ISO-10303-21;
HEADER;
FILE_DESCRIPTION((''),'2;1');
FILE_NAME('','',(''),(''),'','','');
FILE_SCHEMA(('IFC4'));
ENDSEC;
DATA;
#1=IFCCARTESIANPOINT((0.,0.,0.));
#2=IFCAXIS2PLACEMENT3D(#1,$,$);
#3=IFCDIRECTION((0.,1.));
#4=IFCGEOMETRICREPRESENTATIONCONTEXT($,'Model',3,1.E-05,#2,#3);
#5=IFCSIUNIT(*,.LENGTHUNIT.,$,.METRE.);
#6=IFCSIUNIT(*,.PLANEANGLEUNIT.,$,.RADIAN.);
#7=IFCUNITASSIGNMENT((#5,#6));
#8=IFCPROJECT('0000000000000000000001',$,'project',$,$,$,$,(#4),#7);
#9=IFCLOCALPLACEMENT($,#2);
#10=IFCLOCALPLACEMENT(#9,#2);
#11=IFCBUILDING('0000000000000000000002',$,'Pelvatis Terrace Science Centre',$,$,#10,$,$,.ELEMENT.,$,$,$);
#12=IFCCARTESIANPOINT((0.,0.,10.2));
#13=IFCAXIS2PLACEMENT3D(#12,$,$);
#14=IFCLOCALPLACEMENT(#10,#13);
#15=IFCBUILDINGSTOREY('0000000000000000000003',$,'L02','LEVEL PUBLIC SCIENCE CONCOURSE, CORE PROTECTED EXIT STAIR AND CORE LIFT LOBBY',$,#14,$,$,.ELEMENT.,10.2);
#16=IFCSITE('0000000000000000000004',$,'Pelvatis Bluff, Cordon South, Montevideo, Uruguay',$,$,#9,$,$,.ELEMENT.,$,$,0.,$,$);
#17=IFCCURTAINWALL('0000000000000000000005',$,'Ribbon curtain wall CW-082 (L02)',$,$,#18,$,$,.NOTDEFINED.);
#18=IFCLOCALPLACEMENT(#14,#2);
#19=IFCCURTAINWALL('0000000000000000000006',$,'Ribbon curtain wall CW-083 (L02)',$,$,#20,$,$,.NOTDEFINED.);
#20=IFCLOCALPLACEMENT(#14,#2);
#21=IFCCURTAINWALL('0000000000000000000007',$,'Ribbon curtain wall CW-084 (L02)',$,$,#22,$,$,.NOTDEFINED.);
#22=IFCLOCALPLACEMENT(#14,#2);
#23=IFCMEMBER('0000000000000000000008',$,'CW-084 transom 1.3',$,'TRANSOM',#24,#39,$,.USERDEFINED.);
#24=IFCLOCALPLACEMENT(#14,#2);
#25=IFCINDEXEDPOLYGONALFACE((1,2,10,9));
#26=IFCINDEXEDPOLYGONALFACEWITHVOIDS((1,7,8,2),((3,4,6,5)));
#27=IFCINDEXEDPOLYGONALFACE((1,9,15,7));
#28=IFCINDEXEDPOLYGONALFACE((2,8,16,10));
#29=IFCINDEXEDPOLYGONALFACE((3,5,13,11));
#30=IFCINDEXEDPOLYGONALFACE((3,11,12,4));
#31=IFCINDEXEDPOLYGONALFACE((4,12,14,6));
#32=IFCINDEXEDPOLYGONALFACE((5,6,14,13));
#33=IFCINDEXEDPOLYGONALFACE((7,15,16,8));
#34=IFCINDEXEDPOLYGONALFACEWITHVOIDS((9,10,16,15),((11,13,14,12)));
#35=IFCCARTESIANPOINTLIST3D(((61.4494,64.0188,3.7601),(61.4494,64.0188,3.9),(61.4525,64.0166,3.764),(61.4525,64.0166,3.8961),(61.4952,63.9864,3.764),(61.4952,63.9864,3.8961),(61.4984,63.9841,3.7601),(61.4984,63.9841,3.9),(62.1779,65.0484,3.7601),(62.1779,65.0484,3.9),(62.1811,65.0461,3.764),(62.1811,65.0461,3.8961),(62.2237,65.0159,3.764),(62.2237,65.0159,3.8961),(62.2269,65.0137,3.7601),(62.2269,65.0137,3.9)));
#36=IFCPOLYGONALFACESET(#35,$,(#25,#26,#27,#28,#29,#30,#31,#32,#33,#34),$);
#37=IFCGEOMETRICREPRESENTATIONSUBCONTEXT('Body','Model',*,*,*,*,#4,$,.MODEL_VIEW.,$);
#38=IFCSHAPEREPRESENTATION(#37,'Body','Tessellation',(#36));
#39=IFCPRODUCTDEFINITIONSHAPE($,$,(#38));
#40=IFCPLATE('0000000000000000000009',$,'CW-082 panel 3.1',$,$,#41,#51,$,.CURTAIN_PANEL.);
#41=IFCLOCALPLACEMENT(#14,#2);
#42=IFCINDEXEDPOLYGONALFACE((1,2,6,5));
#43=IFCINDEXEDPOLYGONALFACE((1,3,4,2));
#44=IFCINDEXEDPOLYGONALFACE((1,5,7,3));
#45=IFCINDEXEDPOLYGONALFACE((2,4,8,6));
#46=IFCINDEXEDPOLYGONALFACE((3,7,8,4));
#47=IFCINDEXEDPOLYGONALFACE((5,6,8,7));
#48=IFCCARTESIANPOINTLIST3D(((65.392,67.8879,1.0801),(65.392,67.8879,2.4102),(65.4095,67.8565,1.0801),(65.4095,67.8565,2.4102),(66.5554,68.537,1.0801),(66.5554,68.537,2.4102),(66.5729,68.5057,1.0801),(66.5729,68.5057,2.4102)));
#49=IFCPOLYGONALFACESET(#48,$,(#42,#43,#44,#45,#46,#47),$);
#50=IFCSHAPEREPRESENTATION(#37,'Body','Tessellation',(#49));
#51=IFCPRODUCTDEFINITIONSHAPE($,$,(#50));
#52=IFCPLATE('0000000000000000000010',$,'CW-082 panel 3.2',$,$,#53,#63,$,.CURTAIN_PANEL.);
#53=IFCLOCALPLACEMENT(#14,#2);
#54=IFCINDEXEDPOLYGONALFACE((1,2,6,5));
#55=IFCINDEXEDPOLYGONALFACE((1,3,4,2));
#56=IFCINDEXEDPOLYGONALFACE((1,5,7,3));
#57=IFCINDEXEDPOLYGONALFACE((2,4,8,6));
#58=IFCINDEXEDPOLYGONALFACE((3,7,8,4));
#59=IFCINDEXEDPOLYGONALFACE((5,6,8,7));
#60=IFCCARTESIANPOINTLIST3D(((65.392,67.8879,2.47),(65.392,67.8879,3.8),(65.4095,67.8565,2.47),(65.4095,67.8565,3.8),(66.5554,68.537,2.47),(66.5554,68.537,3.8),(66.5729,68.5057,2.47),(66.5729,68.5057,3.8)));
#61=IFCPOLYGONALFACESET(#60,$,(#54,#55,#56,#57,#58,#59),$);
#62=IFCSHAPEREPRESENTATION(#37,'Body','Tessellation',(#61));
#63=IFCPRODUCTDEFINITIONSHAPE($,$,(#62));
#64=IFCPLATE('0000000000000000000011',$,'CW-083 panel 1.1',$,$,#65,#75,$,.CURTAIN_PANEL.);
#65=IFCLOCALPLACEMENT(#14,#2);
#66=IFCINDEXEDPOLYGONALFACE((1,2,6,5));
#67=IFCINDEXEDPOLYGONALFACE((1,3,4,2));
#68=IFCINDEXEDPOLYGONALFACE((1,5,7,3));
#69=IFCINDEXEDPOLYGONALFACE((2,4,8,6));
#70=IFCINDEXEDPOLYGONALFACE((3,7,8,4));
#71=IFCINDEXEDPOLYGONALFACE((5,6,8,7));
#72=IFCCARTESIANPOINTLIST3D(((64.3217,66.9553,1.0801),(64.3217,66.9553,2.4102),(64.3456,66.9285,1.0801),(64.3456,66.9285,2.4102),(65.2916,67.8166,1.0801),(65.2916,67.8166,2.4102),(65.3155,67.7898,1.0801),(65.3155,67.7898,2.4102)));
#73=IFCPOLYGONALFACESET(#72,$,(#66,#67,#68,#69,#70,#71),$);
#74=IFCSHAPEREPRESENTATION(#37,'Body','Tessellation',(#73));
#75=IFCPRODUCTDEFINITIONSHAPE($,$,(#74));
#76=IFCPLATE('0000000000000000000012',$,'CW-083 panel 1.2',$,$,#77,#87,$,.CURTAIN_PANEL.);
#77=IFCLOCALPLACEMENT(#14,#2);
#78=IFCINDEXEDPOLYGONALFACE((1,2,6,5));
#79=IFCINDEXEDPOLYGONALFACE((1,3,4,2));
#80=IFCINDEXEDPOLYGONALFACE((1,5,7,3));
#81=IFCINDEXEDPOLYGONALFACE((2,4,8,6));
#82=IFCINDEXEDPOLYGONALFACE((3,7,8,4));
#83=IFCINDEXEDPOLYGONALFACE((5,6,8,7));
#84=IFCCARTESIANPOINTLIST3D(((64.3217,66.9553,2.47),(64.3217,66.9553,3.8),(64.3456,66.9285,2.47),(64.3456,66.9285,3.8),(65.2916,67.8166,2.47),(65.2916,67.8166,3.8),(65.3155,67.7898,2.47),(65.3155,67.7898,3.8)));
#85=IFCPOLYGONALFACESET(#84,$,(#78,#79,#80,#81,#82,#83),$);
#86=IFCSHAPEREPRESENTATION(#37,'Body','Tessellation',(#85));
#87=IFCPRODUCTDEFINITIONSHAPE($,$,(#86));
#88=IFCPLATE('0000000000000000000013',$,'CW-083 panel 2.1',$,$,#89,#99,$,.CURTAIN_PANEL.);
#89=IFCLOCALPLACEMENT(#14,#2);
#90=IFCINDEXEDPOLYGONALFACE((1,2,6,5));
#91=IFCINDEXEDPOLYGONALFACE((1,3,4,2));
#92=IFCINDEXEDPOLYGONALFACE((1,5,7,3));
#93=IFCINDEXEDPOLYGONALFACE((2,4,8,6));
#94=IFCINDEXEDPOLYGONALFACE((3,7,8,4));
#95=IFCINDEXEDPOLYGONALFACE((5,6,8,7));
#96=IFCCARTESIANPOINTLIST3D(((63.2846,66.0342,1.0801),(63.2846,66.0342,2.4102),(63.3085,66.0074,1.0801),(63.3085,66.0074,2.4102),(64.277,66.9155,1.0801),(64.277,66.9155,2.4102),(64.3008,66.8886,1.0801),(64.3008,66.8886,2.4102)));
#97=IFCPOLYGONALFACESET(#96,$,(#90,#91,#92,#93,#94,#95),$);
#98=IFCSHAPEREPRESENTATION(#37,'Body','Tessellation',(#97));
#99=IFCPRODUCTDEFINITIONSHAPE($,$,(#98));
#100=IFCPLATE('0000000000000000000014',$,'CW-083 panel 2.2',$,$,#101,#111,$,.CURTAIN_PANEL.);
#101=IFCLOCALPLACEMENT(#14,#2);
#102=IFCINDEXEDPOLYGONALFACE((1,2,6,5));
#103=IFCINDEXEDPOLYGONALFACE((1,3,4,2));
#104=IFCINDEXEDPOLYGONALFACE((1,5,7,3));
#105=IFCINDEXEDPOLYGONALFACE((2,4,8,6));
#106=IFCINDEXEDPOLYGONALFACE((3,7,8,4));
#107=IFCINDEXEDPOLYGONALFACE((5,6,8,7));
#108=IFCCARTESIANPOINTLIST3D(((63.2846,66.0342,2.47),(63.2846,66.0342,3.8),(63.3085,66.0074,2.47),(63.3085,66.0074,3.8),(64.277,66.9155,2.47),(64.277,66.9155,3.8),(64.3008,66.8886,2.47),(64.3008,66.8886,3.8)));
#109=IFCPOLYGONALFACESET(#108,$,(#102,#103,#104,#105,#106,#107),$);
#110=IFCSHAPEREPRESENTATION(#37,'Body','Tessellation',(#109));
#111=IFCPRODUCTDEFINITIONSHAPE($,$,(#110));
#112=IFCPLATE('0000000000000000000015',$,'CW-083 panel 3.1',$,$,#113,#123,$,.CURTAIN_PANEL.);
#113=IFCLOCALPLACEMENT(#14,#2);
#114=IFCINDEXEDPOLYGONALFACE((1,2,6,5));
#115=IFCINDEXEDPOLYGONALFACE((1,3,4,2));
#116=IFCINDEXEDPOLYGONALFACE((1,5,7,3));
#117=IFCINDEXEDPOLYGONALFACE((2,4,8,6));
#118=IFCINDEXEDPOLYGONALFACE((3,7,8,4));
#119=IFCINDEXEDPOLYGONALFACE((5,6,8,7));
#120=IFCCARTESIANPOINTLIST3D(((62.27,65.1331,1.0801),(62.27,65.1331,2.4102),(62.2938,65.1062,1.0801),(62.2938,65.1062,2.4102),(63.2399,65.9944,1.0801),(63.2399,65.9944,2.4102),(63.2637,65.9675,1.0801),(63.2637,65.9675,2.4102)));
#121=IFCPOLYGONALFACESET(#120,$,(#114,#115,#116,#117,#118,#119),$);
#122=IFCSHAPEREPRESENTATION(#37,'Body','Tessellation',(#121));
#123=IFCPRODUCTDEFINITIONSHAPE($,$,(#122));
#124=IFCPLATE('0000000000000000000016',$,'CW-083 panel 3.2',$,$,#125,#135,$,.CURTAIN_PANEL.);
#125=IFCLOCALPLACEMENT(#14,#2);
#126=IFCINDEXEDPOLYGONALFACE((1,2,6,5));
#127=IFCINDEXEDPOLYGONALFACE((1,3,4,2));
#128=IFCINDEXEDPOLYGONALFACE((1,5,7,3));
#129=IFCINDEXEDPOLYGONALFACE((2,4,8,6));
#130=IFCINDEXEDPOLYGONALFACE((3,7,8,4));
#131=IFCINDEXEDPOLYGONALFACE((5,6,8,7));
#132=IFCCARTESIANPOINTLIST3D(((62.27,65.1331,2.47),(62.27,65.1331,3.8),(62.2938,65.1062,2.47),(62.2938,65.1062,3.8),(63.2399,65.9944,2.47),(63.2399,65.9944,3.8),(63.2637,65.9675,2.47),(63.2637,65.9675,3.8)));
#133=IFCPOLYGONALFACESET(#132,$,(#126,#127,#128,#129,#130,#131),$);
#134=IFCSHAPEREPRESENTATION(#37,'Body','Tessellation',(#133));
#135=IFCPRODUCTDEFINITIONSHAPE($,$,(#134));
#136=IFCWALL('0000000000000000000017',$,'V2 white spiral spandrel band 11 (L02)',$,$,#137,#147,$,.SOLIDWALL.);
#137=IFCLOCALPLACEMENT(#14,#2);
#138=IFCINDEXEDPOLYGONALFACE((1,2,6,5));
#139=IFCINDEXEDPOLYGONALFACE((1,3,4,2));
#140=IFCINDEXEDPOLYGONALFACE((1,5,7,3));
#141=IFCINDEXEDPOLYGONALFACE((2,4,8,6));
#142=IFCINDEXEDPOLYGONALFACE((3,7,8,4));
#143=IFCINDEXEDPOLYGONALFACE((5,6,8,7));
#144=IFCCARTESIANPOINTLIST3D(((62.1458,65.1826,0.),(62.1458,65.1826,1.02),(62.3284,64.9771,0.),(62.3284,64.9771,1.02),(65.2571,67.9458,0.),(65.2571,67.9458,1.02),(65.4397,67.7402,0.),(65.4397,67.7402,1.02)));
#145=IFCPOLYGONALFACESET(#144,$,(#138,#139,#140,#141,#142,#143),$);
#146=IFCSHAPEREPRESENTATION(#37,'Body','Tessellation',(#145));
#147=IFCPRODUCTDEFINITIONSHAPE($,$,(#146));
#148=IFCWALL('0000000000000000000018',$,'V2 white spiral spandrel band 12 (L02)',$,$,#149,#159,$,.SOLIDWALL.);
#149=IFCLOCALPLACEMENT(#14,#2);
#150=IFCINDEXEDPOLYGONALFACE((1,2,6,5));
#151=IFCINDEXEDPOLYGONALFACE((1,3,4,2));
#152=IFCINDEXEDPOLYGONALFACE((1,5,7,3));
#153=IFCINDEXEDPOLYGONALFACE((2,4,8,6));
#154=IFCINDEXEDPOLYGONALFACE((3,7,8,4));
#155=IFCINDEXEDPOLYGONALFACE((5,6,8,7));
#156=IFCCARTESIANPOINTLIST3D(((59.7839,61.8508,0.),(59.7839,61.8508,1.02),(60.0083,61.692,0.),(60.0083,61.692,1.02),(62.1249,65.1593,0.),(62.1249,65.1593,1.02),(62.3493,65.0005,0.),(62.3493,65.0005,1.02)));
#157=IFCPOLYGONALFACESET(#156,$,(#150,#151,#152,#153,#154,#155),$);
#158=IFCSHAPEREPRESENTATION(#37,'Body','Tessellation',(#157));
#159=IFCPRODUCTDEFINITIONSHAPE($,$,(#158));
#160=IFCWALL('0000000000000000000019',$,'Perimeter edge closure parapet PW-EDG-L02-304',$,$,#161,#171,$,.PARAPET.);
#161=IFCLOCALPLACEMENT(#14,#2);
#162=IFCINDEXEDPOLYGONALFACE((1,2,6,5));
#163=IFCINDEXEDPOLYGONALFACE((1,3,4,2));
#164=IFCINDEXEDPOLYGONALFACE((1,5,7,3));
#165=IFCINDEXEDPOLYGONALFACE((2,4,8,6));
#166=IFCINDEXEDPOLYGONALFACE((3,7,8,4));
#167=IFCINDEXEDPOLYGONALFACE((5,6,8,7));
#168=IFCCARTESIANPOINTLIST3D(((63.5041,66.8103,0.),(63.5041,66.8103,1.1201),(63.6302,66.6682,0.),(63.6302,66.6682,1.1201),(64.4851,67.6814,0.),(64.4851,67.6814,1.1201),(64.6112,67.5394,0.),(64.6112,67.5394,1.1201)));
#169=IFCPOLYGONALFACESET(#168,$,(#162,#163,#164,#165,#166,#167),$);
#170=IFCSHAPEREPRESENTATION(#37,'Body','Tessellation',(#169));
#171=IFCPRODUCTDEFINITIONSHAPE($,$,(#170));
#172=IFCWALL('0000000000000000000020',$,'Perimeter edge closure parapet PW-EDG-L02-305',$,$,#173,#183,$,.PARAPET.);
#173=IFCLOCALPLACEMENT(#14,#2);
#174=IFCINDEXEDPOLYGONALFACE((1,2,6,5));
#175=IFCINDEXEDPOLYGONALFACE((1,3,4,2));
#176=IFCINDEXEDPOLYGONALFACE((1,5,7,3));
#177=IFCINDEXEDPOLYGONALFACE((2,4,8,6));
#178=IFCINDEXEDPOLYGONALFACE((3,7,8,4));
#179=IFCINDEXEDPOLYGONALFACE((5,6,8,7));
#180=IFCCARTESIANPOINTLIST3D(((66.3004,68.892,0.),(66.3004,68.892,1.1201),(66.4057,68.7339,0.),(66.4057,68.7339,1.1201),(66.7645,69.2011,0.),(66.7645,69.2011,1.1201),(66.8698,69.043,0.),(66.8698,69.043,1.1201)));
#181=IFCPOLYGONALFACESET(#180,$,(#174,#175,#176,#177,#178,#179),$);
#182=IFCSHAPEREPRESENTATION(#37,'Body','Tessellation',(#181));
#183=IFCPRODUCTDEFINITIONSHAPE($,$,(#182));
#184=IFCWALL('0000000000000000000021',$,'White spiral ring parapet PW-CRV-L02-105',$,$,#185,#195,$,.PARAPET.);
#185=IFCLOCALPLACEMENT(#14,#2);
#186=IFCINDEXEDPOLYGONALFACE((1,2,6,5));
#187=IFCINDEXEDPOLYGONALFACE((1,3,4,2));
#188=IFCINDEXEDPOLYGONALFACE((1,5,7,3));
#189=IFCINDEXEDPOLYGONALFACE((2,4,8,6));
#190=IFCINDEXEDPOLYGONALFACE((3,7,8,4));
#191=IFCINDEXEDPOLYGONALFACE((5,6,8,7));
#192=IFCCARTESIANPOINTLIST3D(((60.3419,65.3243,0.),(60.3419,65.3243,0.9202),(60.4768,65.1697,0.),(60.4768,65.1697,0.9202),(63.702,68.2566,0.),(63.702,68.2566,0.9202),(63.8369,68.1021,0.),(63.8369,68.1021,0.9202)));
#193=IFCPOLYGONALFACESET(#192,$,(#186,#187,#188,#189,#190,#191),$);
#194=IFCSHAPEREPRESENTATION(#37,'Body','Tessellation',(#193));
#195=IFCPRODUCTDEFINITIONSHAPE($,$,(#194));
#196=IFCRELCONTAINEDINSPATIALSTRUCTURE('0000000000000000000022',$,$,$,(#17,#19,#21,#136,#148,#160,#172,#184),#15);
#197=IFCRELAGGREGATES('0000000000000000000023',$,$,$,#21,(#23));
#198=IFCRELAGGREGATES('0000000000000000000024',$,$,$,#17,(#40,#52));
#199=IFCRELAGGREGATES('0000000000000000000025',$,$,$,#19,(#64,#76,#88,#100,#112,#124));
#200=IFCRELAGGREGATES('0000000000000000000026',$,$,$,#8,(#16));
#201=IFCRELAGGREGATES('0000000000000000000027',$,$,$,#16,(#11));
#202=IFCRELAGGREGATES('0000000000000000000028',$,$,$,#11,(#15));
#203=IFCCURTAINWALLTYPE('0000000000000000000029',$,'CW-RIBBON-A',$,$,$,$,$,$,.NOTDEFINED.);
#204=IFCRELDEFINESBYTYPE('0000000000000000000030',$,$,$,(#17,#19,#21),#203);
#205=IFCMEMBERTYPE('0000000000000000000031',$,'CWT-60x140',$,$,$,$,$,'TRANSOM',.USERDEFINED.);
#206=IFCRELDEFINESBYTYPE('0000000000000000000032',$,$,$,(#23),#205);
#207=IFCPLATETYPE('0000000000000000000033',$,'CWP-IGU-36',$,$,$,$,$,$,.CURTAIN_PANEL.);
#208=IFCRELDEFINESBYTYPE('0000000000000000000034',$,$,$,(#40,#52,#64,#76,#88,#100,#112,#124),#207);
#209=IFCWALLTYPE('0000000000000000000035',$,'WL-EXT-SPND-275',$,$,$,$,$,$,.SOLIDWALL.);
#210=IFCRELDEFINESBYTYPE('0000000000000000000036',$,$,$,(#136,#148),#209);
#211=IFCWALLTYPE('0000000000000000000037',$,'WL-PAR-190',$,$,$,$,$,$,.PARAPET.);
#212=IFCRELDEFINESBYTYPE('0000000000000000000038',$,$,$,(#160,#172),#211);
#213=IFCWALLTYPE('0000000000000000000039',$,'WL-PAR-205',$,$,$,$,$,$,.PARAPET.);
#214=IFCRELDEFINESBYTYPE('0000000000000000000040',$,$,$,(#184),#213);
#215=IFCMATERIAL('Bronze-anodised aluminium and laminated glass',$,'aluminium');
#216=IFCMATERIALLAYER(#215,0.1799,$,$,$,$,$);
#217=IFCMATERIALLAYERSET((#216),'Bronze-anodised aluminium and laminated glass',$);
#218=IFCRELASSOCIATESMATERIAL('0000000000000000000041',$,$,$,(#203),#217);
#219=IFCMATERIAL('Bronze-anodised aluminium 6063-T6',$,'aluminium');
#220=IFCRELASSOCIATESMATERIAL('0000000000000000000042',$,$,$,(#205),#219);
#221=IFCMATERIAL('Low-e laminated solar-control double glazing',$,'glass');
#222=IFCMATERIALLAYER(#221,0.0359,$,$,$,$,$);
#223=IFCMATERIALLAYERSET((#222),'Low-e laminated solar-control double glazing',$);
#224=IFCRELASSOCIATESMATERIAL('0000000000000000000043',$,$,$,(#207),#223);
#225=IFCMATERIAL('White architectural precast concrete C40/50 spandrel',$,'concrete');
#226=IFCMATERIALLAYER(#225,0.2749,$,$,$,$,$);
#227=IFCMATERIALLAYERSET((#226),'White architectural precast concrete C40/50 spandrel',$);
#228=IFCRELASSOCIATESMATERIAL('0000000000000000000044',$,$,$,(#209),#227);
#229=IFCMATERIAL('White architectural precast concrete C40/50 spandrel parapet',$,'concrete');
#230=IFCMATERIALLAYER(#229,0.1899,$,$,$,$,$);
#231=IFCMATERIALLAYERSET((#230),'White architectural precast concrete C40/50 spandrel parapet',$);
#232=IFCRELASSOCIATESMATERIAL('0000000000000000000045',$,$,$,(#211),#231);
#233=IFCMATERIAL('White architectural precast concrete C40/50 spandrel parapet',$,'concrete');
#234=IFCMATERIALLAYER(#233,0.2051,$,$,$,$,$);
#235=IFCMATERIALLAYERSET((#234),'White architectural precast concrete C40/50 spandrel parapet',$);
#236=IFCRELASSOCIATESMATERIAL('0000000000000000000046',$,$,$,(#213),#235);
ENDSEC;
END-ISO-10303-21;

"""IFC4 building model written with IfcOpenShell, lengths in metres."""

from ifc_helpers import new_model, si_unit, direction, frame, frame_2d, origin, origin_2d, place, context, subcontext, project, spatial, rectangle, hollow_rectangle, extrude, material, layer, layer_set, material_profile, profile_set, type_object, element, aggregate, save


model = new_model("IFC4")

# Units and contexts
model_context = context("Model", 3, precision=1e-05, world=origin(), true_north=direction((0.0, 1.0)))
body_context = subcontext(model_context, "Body", "Model", "MODEL_VIEW")
ifc_project = project(units=[si_unit("LENGTHUNIT", "METRE"), si_unit("PLANEANGLEUNIT", "RADIAN")], contexts=[model_context])

# Site, building, storey
site_placement = place(None, origin())
site = spatial("IfcSite", under=ifc_project, at=site_placement, Name="Pelvatis Bluff, Cordon South, Montevideo, Uruguay", CompositionType="ELEMENT", RefElevation=0.0)
building_placement = place(site_placement, origin())
building = spatial("IfcBuilding", under=site, at=building_placement, Name="Pelvatis Terrace Science Centre", CompositionType="ELEMENT")
storey_placement = place(building_placement, frame((0.0, 0.0, 10.2)))
storey = spatial("IfcBuildingStorey", under=building, at=storey_placement, Name="L02", Description="LEVEL PUBLIC SCIENCE CONCOURSE, CORE PROTECTED EXIT STAIR AND CORE LIFT LOBBY", CompositionType="ELEMENT", Elevation=10.2)

# Curtain wall
ifc_material_1 = material(Name="Bronze-anodised aluminium and laminated glass", Category="aluminium")
ifc_layer_1 = layer(ifc_material_1, 0.1799)
ifc_layer_set_1 = layer_set([ifc_layer_1], Name="Bronze-anodised aluminium and laminated glass")
curtain_wall_type = type_object("IfcCurtainWallType", Name="CW-RIBBON-A", PredefinedType="NOTDEFINED", material=ifc_layer_set_1)
curtain_wall_1_placement = place(storey_placement, origin())
curtain_wall_1 = element("IfcCurtainWall", 1, at=curtain_wall_1_placement, inside=storey, type_object=curtain_wall_type, Name="Ribbon curtain wall CW-082 (L02)", PredefinedType="NOTDEFINED")

# Curtain wall
curtain_wall_2_placement = place(storey_placement, origin())
curtain_wall_2 = element("IfcCurtainWall", 2, at=curtain_wall_2_placement, inside=storey, type_object=curtain_wall_type, Name="Ribbon curtain wall CW-083 (L02)", PredefinedType="NOTDEFINED")

# Curtain wall
curtain_wall_3_placement = place(storey_placement, origin())
curtain_wall_3 = element("IfcCurtainWall", 3, at=curtain_wall_3_placement, inside=storey, type_object=curtain_wall_type, Name="Ribbon curtain wall CW-084 (L02)", PredefinedType="NOTDEFINED")

# Member
ifc_material_2 = material(Name="Bronze-anodised aluminium 6063-T6", Category="aluminium")
ifc_material_profile_1 = material_profile(ifc_material_2, hollow_rectangle(XDim=0.0601, YDim=0.1399, WallThickness=0.0039, at=origin_2d()), Name="ALU-TRN 60x140")
ifc_profile_set_1 = profile_set([ifc_material_profile_1], Name="Bronze-anodised aluminium 6063-T6")
member_type_1 = type_object("IfcMemberType", Name="CWT-60x140", ElementType="TRANSOM", PredefinedType="USERDEFINED", material=ifc_profile_set_1)
member_1_placement = place(storey_placement, frame((62.2024, 65.031, 3.8301), z_axis=(-0.577625, -0.816302, 0.0), x_axis=(0.816302, -0.577625, 0.0)))
member_1 = element("IfcMember", 4, at=member_1_placement, type_object=member_type_1, Name="CW-084 transom 1.3", ObjectType="TRANSOM", PredefinedType="USERDEFINED", context=body_context, shape_type="SweptSolid", body=[
    extrude(hollow_rectangle(XDim=0.0601, YDim=0.1399, WallThickness=0.0039, at=origin_2d()), origin(), (0.0, 0.0, 1.0), 1.2612),
])
aggregate(curtain_wall_3, [member_1])

# Plates
ifc_material_3 = material(Name="Low-e laminated solar-control double glazing", Category="glass")
ifc_layer_2 = layer(ifc_material_3, 0.0359)
ifc_layer_set_2 = layer_set([ifc_layer_2], Name="Low-e laminated solar-control double glazing")
plate_type = type_object("IfcPlateType", Name="CWP-IGU-36", PredefinedType="CURTAIN_PANEL", material=ifc_layer_set_2)
plate_1_placement = place(storey_placement, frame((65.9824, 68.1968, 1.0801), z_axis=(0.0, 0.0, 1.0), x_axis=(-0.873259, -0.487256, 0.0)))
plate_1 = element("IfcPlate", 5, at=plate_1_placement, type_object=plate_type, Name="CW-082 panel 3.1", PredefinedType="CURTAIN_PANEL", context=body_context, shape_type="SweptSolid", body=[
    extrude(rectangle(XDim=1.3323, YDim=0.0359, at=origin_2d()), origin(), (0.0, 0.0, 1.0), 1.3301),
])
plate_2_placement = place(storey_placement, frame((65.9824, 68.1968, 2.47), z_axis=(0.0, 0.0, 1.0), x_axis=(-0.873259, -0.487256, 0.0)))
plate_2 = element("IfcPlate", 6, at=plate_2_placement, type_object=plate_type, Name="CW-082 panel 3.2", PredefinedType="CURTAIN_PANEL", context=body_context, shape_type="SweptSolid", body=[
    extrude(rectangle(XDim=1.3323, YDim=0.0359, at=origin_2d()), origin(), (0.0, 0.0, 1.0), 1.3301),
])
aggregate(curtain_wall_1, [plate_1, plate_2])
plate_3_placement = place(storey_placement, frame((64.8186, 67.3726, 1.0801), z_axis=(0.0, 0.0, 1.0), x_axis=(-0.747718, -0.664016, 0.0)))
plate_3 = element("IfcPlate", 7, at=plate_3_placement, type_object=plate_type, Name="CW-083 panel 1.1", PredefinedType="CURTAIN_PANEL", context=body_context, shape_type="SweptSolid", body=[
    extrude(rectangle(XDim=1.2971, YDim=0.0359, at=origin_2d()), origin(), (0.0, 0.0, 1.0), 1.3301),
])
plate_4_placement = place(storey_placement, frame((64.8186, 67.3726, 2.47), z_axis=(0.0, 0.0, 1.0), x_axis=(-0.747718, -0.664016, 0.0)))
plate_4 = element("IfcPlate", 8, at=plate_4_placement, type_object=plate_type, Name="CW-083 panel 1.2", PredefinedType="CURTAIN_PANEL", context=body_context, shape_type="SweptSolid", body=[
    extrude(rectangle(XDim=1.2971, YDim=0.0359, at=origin_2d()), origin(), (0.0, 0.0, 1.0), 1.3301),
])
plate_5_placement = place(storey_placement, frame((63.7927, 66.4614, 1.0801), z_axis=(0.0, 0.0, 1.0), x_axis=(-0.747718, -0.664016, 0.0)))
plate_5 = element("IfcPlate", 9, at=plate_5_placement, type_object=plate_type, Name="CW-083 panel 2.1", PredefinedType="CURTAIN_PANEL", context=body_context, shape_type="SweptSolid", body=[
    extrude(rectangle(XDim=1.3271, YDim=0.0359, at=origin_2d()), origin(), (0.0, 0.0, 1.0), 1.3301),
])
plate_6_placement = place(storey_placement, frame((63.7927, 66.4614, 2.47), z_axis=(0.0, 0.0, 1.0), x_axis=(-0.747718, -0.664016, 0.0)))
plate_6 = element("IfcPlate", 10, at=plate_6_placement, type_object=plate_type, Name="CW-083 panel 2.2", PredefinedType="CURTAIN_PANEL", context=body_context, shape_type="SweptSolid", body=[
    extrude(rectangle(XDim=1.3271, YDim=0.0359, at=origin_2d()), origin(), (0.0, 0.0, 1.0), 1.3301),
])
plate_7_placement = place(storey_placement, frame((62.7668, 65.5503, 1.0801), z_axis=(0.0, 0.0, 1.0), x_axis=(-0.747718, -0.664016, 0.0)))
plate_7 = element("IfcPlate", 11, at=plate_7_placement, type_object=plate_type, Name="CW-083 panel 3.1", PredefinedType="CURTAIN_PANEL", context=body_context, shape_type="SweptSolid", body=[
    extrude(rectangle(XDim=1.2971, YDim=0.0359, at=origin_2d()), origin(), (0.0, 0.0, 1.0), 1.3301),
])
plate_8_placement = place(storey_placement, frame((62.7668, 65.5503, 2.47), z_axis=(0.0, 0.0, 1.0), x_axis=(-0.747718, -0.664016, 0.0)))
plate_8 = element("IfcPlate", 12, at=plate_8_placement, type_object=plate_type, Name="CW-083 panel 3.2", PredefinedType="CURTAIN_PANEL", context=body_context, shape_type="SweptSolid", body=[
    extrude(rectangle(XDim=1.2971, YDim=0.0359, at=origin_2d()), origin(), (0.0, 0.0, 1.0), 1.3301),
])
aggregate(curtain_wall_2, [plate_3, plate_4, plate_5, plate_6, plate_7, plate_8])

# Walls
ifc_material_4 = material(Name="White architectural precast concrete C40/50 spandrel", Category="concrete")
ifc_layer_3 = layer(ifc_material_4, 0.2749)
ifc_layer_set_3 = layer_set([ifc_layer_3], Name="White architectural precast concrete C40/50 spandrel")
wall_type_1 = type_object("IfcWallType", Name="WL-EXT-SPND-275", PredefinedType="SOLIDWALL", material=ifc_layer_set_3)
wall_1_placement = place(storey_placement, frame((65.3484, 67.843, 0.0), z_axis=(0.0, 0.0, 1.0), x_axis=(-0.747701, -0.664036, 0.0)))
element("IfcWall", 13, at=wall_1_placement, inside=storey, type_object=wall_type_1, Name="V2 white spiral spandrel band 11 (L02)", PredefinedType="SOLIDWALL", context=body_context, shape_type="SweptSolid", body=[
    extrude(rectangle(XDim=4.1611, YDim=0.2749, at=frame_2d((2.0806, 0.0))), origin(), (0.0, 0.0, 1.0), 1.02),
])
wall_2_placement = place(storey_placement, frame((62.2371, 65.0798, 0.0), z_axis=(0.0, 0.0, 1.0), x_axis=(-0.577603, -0.816318, 0.0)))
element("IfcWall", 14, at=wall_2_placement, inside=storey, type_object=wall_type_1, Name="V2 white spiral spandrel band 12 (L02)", PredefinedType="SOLIDWALL", context=body_context, shape_type="SweptSolid", body=[
    extrude(rectangle(XDim=4.053, YDim=0.2749, at=frame_2d((2.0264, 0.0))), origin(), (0.0, 0.0, 1.0), 1.02),
])
ifc_material_5 = material(Name="White architectural precast concrete C40/50 spandrel parapet", Category="concrete")
ifc_layer_4 = layer(ifc_material_5, 0.1899)
ifc_layer_set_4 = layer_set([ifc_layer_4], Name="White architectural precast concrete C40/50 spandrel parapet")
wall_type_2 = type_object("IfcWallType", Name="WL-PAR-190", PredefinedType="PARAPET", material=ifc_layer_set_4)
wall_3_placement = place(storey_placement, frame((63.5671, 66.7393, 0.0), z_axis=(0.0, 0.0, 1.0), x_axis=(0.747738, 0.663994, 0.0)))
element("IfcWall", 15, at=wall_3_placement, inside=storey, type_object=wall_type_2, Name="Perimeter edge closure parapet PW-EDG-L02-304", PredefinedType="PARAPET", context=body_context, shape_type="SweptSolid", body=[
    extrude(rectangle(XDim=1.312, YDim=0.1899, at=frame_2d((0.656, 0.0))), origin(), (0.0, 0.0, 1.0), 1.1201),
])
wall_4_placement = place(storey_placement, frame((66.353, 68.813, 0.0), z_axis=(0.0, 0.0, 1.0), x_axis=(0.83232, 0.554296, 0.0)))
element("IfcWall", 16, at=wall_4_placement, inside=storey, type_object=wall_type_2, Name="Perimeter edge closure parapet PW-EDG-L02-305", PredefinedType="PARAPET", context=body_context, shape_type="SweptSolid", body=[
    extrude(rectangle(XDim=0.5576, YDim=0.1899, at=frame_2d((0.2788, 0.0))), origin(), (0.0, 0.0, 1.0), 1.1201),
])
ifc_material_6 = material(Name="White architectural precast concrete C40/50 spandrel parapet", Category="concrete")
ifc_layer_5 = layer(ifc_material_6, 0.2051)
ifc_layer_set_5 = layer_set([ifc_layer_5], Name="White architectural precast concrete C40/50 spandrel parapet")
wall_type_3 = type_object("IfcWallType", Name="WL-PAR-205", PredefinedType="PARAPET", material=ifc_layer_set_5)
wall_5_placement = place(storey_placement, frame((63.7695, 68.1794, 0.0), z_axis=(0.0, 0.0, 1.0), x_axis=(-0.753434, -0.657524, 0.0)))
element("IfcWall", 17, at=wall_5_placement, inside=storey, type_object=wall_type_3, Name="White spiral ring parapet PW-CRV-L02-105", PredefinedType="PARAPET", context=body_context, shape_type="SweptSolid", body=[
    extrude(rectangle(XDim=4.4597, YDim=0.2051, at=frame_2d((2.23, 0.0))), origin(), (0.0, 0.0, 1.0), 0.9202),
])

save(model, "model.ifc")
